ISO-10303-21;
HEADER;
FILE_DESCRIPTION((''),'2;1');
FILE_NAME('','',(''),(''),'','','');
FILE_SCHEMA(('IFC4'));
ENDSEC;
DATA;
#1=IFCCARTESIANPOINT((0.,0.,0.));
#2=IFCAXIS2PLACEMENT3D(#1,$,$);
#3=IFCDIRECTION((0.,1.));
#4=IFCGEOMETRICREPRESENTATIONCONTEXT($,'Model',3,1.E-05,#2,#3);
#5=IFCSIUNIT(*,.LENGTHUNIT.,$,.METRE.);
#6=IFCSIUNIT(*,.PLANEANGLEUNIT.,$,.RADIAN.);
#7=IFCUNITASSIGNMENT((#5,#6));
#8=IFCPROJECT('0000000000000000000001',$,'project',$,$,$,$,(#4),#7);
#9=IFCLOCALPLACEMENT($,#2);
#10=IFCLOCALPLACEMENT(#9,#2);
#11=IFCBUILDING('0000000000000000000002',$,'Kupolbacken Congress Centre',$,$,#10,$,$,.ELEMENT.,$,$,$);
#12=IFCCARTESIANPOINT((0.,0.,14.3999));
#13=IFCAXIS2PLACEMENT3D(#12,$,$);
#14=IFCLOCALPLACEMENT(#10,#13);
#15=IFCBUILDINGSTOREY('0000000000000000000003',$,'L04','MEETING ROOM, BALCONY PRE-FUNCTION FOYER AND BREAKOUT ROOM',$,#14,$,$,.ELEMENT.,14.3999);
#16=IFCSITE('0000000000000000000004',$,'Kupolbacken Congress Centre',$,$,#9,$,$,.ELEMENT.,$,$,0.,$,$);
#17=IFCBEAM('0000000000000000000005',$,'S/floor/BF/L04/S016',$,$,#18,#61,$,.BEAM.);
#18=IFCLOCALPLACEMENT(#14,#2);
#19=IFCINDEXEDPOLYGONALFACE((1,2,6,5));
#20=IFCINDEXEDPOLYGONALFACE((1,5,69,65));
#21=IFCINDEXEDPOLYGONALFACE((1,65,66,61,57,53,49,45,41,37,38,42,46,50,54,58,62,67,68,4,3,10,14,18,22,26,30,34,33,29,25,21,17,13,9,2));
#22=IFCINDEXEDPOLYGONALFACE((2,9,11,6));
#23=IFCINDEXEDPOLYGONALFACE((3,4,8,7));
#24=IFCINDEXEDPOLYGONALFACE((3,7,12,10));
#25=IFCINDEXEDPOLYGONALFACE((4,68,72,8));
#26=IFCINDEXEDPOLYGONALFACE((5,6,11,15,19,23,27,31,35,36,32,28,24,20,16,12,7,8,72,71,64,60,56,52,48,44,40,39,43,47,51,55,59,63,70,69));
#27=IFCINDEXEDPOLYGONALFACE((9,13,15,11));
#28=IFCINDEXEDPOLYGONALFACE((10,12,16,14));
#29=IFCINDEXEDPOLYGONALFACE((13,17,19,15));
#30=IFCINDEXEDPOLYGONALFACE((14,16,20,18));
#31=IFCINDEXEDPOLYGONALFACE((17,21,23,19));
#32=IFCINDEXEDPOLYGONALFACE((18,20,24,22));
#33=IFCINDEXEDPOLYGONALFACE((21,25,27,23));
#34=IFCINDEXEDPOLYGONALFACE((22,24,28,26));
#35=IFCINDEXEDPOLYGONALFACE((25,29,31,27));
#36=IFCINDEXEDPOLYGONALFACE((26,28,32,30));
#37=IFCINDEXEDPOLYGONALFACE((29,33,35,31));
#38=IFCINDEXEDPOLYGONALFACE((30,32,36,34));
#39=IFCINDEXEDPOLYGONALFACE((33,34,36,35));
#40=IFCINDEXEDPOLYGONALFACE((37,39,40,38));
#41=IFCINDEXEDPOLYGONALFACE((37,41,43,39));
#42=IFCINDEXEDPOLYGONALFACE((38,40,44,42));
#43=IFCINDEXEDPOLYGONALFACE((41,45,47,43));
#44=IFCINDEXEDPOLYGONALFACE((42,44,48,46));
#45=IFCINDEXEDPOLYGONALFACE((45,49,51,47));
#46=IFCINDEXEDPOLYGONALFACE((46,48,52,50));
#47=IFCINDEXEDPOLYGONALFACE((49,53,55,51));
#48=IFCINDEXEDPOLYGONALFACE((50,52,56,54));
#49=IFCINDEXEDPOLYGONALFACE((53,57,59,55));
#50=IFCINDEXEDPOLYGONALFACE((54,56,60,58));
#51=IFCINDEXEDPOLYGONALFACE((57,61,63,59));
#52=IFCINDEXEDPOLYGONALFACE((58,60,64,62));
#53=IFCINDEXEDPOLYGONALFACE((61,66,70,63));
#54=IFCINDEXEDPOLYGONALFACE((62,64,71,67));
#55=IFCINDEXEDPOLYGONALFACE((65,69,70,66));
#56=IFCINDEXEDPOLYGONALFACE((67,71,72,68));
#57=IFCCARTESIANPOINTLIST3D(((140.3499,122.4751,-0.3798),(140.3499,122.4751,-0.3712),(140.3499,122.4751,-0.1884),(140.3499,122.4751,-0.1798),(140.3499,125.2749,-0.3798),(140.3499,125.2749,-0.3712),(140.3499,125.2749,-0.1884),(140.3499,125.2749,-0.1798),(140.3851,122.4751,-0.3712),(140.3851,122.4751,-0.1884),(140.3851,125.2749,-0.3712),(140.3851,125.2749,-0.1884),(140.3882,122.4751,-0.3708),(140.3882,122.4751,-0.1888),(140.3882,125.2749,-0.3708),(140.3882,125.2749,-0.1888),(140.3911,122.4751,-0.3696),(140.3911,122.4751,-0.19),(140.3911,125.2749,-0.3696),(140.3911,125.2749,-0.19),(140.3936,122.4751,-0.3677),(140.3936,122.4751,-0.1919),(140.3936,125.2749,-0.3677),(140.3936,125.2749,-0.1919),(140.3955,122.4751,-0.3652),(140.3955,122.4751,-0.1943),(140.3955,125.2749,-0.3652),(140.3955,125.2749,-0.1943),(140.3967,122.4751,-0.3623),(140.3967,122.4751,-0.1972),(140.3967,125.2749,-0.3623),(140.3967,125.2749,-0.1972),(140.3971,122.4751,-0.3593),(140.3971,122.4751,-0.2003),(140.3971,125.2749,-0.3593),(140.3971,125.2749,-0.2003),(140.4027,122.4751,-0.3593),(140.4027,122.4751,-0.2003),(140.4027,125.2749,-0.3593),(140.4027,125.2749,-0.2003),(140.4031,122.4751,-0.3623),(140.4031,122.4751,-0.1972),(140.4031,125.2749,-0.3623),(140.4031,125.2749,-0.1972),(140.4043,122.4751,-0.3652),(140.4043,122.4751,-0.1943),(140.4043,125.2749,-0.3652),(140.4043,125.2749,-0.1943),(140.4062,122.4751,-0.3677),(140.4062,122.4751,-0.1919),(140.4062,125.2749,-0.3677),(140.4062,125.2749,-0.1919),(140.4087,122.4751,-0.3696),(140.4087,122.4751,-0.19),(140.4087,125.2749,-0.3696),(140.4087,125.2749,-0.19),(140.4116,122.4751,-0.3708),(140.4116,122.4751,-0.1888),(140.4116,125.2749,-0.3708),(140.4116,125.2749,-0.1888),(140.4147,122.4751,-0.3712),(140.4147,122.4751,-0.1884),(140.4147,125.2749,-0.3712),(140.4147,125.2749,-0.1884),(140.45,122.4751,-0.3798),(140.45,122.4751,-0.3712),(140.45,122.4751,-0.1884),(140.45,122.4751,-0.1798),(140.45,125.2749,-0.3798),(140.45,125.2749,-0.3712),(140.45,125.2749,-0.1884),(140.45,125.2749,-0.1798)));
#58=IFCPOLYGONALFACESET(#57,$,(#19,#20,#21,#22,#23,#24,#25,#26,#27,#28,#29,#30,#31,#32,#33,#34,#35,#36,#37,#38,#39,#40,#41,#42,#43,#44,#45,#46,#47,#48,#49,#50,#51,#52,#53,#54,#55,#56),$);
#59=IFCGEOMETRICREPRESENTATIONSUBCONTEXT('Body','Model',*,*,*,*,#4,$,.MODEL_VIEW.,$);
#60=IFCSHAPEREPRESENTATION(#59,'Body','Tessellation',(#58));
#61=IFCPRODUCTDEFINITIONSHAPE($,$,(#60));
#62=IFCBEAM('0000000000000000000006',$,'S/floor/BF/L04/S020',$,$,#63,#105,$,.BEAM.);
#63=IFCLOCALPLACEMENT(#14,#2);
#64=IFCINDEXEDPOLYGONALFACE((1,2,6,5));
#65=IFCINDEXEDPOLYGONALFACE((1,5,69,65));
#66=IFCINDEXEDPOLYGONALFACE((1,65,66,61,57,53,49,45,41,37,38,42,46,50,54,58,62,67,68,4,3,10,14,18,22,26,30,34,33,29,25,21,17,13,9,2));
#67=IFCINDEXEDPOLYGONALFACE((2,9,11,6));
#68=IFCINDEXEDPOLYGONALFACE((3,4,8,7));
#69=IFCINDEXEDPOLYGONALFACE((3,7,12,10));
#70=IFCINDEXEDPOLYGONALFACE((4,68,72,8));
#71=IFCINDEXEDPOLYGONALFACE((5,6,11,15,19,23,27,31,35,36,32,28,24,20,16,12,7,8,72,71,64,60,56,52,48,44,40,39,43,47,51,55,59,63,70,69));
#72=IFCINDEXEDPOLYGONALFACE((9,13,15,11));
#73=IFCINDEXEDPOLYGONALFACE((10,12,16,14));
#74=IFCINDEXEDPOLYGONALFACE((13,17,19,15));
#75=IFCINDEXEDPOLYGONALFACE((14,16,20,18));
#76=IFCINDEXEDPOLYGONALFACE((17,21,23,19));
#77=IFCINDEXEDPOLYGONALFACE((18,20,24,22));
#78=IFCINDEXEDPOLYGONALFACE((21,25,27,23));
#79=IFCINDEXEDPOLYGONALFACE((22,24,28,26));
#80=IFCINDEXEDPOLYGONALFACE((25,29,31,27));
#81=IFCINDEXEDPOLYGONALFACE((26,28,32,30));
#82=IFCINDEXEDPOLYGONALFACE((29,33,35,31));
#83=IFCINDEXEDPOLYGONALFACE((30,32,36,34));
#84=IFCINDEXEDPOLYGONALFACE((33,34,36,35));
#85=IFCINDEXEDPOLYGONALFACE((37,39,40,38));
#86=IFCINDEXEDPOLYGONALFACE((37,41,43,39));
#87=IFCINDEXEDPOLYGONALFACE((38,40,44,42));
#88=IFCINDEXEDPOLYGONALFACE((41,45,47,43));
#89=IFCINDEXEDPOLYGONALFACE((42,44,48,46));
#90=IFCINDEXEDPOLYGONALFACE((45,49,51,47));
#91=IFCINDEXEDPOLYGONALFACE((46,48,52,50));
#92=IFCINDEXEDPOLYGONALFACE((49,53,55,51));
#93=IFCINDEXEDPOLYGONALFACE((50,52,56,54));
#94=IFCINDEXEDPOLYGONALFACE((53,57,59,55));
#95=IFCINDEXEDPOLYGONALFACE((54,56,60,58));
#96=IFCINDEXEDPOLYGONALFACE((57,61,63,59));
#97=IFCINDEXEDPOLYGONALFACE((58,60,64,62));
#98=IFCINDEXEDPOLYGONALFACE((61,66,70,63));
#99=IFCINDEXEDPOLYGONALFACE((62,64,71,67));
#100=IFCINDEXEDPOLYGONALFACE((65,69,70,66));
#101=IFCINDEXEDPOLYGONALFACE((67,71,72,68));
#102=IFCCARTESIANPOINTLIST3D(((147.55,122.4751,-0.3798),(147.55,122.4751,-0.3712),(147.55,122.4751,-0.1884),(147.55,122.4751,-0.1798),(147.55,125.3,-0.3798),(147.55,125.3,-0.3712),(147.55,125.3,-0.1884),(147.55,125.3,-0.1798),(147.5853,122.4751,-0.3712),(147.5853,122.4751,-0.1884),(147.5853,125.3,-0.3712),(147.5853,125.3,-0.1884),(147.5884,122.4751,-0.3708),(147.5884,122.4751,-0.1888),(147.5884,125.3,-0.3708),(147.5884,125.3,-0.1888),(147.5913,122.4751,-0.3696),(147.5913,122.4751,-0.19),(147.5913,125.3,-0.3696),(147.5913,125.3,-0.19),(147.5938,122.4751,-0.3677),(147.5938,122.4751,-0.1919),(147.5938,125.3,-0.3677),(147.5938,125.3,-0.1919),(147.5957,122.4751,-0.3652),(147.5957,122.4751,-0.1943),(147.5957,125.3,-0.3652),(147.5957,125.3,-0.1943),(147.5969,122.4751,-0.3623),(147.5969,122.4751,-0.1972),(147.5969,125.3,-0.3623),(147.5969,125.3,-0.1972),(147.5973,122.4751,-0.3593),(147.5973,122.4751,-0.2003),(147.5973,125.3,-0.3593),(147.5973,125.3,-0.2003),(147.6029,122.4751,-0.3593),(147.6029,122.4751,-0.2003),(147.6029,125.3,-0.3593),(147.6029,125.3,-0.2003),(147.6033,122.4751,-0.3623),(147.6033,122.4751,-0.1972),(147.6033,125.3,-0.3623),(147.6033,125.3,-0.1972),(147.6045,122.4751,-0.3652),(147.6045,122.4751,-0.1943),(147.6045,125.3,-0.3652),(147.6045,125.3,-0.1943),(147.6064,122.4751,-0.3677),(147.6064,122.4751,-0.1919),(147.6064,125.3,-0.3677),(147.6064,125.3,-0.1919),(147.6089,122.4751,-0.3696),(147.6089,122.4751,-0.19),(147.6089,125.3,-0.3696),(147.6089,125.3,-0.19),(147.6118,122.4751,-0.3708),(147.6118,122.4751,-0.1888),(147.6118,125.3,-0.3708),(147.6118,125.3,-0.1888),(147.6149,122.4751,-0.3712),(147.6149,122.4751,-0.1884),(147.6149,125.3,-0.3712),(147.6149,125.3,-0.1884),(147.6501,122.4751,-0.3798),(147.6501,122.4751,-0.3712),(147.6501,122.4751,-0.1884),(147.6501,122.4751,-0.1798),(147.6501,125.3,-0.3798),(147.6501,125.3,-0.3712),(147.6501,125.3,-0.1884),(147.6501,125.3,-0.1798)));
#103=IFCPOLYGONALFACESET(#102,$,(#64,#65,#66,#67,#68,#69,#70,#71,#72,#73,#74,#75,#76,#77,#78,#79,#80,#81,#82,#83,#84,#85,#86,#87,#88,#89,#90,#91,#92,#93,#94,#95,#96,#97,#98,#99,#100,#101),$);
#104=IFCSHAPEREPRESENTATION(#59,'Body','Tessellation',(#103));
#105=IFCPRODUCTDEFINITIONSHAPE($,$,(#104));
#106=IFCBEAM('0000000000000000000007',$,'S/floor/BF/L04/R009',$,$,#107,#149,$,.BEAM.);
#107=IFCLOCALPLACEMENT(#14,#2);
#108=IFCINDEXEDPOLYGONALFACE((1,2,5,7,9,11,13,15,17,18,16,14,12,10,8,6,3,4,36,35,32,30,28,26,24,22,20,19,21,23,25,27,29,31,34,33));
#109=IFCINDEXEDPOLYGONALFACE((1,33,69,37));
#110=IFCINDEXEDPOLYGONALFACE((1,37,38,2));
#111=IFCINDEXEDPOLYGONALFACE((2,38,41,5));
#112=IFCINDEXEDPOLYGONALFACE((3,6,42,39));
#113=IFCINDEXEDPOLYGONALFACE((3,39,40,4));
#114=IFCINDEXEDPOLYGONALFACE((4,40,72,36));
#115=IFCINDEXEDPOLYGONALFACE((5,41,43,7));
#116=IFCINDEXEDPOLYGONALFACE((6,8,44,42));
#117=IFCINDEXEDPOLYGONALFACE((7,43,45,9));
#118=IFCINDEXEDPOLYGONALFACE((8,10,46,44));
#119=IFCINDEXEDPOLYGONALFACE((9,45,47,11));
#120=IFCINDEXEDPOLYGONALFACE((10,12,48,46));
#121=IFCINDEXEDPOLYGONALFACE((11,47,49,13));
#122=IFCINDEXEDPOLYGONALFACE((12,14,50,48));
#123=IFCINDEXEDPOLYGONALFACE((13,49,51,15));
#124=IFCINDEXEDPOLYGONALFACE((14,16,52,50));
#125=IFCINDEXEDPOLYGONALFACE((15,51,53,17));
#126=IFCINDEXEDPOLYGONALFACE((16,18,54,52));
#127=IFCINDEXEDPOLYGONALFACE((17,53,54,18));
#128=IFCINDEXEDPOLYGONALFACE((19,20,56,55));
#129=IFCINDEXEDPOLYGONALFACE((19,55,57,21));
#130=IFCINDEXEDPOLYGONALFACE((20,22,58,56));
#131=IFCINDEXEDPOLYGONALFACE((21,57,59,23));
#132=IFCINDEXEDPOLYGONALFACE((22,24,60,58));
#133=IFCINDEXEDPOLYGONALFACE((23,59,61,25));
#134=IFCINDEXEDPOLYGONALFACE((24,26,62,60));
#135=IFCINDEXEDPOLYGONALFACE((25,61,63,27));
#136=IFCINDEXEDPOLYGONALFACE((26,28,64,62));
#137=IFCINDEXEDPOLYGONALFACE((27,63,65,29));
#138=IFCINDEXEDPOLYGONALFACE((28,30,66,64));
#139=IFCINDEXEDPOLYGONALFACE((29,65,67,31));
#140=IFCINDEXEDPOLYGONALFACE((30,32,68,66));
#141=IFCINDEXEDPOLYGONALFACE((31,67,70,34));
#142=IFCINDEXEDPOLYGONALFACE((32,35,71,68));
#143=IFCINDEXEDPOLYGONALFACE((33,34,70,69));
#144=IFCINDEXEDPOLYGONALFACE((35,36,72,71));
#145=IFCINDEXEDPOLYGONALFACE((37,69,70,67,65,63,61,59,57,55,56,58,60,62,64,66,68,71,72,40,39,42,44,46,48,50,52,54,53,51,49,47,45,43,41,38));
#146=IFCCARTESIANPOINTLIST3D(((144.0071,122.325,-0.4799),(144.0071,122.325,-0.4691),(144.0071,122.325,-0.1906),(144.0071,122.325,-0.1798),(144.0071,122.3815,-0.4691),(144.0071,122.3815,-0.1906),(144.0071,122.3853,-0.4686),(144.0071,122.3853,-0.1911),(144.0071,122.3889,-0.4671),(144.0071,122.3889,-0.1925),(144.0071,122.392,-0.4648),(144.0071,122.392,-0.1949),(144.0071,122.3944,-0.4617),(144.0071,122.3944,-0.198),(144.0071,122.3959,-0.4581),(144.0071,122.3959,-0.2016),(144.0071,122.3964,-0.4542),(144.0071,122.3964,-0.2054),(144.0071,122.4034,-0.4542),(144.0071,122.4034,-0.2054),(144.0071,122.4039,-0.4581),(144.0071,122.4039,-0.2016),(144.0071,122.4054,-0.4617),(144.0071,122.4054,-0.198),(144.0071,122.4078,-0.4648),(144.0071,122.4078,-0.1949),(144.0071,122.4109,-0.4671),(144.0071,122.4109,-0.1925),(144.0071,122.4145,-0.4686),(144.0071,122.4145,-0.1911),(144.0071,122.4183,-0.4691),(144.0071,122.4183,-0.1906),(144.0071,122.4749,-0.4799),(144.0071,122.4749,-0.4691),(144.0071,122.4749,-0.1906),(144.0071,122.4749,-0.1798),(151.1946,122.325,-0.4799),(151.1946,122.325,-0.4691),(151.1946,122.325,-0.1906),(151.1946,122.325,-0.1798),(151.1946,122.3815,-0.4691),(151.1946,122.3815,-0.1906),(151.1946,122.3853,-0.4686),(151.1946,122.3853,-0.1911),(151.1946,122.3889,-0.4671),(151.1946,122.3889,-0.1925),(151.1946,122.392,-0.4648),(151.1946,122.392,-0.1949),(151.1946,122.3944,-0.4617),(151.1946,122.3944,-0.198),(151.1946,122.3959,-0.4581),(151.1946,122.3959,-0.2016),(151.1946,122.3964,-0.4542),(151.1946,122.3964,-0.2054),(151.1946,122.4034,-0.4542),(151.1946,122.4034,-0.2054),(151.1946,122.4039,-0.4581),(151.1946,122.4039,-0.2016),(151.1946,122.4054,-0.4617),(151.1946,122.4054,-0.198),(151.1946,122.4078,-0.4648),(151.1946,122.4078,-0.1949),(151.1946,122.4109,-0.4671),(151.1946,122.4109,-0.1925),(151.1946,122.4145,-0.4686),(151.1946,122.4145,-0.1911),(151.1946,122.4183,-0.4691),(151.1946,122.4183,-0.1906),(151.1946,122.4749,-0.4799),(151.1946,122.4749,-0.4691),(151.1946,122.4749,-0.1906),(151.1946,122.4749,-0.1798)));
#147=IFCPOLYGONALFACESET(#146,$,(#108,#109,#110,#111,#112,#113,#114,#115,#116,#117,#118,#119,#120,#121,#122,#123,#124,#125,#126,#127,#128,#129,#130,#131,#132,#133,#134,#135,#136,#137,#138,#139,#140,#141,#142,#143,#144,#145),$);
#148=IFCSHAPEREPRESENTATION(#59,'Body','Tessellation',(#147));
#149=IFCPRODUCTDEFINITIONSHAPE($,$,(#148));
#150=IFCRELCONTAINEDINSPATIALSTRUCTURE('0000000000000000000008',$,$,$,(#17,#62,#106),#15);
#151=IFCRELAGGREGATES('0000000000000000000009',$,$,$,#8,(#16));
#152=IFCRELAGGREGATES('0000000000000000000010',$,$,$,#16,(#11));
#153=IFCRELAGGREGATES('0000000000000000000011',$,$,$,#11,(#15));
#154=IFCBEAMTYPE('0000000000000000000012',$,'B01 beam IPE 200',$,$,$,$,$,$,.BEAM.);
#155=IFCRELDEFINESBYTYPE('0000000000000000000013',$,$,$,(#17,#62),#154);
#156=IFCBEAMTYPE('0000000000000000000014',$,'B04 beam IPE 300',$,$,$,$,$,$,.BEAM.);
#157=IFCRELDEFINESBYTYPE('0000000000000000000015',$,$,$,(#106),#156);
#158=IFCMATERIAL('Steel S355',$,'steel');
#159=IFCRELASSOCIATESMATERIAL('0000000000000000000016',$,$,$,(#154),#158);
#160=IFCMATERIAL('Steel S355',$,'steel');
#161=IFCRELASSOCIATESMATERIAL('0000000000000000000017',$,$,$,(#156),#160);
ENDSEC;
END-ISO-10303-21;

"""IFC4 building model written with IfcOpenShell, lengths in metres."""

from ifc_helpers import new_model, si_unit, direction, frame, origin, origin_2d, place, context, subcontext, project, spatial, i_section, extrude, material, material_profile, profile_set, type_object, element, save


model = new_model("IFC4")

# Units and contexts
model_context = context("Model", 3, precision=1e-05, world=origin(), true_north=direction((0.0, 1.0)))
body_context = subcontext(model_context, "Body", "Model", "MODEL_VIEW")
ifc_project = project(units=[si_unit("LENGTHUNIT", "METRE"), si_unit("PLANEANGLEUNIT", "RADIAN")], contexts=[model_context])

# Site, building, storey
site_placement = place(None, origin())
site = spatial("IfcSite", under=ifc_project, at=site_placement, Name="Kupolbacken Congress Centre", CompositionType="ELEMENT", RefElevation=0.0)
building_placement = place(site_placement, origin())
building = spatial("IfcBuilding", under=site, at=building_placement, Name="Kupolbacken Congress Centre", CompositionType="ELEMENT")
storey_placement = place(building_placement, frame((0.0, 0.0, 14.3999)))
storey = spatial("IfcBuildingStorey", under=building, at=storey_placement, Name="L04", Description="MEETING ROOM, BALCONY PRE-FUNCTION FOYER AND BREAKOUT ROOM", CompositionType="ELEMENT", Elevation=14.3999)

# Beams
ifc_material_1 = material(Name="Steel S355", Category="steel")
ifc_material_profile_1 = material_profile(ifc_material_1, i_section(OverallWidth=0.1001, OverallDepth=0.2, WebThickness=0.0056, FlangeThickness=0.0085, FilletRadius=0.012, at=origin_2d()), Name="IPE 200")
ifc_profile_set_1 = profile_set([ifc_material_profile_1], Name="Steel S355")
beam_type_1 = type_object("IfcBeamType", Name="B01 beam IPE 200", PredefinedType="BEAM", material=ifc_profile_set_1)
beam_1_placement = place(storey_placement, frame((140.3999, 122.4751, -0.2798), z_axis=(0.0, 1.0, 0.0), x_axis=(-1.0, 0.0, 0.0)))
element("IfcBeam", 1, at=beam_1_placement, inside=storey, type_object=beam_type_1, Name="S/floor/BF/L04/S016", PredefinedType="BEAM", context=body_context, shape_type="SweptSolid", body=[
    extrude(i_section(OverallWidth=0.1001, OverallDepth=0.2, WebThickness=0.0056, FlangeThickness=0.0085, FilletRadius=0.012, at=origin_2d()), origin(), (0.0, 0.0, 1.0), 2.7998),
])
beam_2_placement = place(storey_placement, frame((147.6001, 122.4751, -0.2798), z_axis=(0.0, 1.0, 0.0), x_axis=(-1.0, 0.0, 0.0)))
element("IfcBeam", 2, at=beam_2_placement, inside=storey, type_object=beam_type_1, Name="S/floor/BF/L04/S020", PredefinedType="BEAM", context=body_context, shape_type="SweptSolid", body=[
    extrude(i_section(OverallWidth=0.1001, OverallDepth=0.2, WebThickness=0.0056, FlangeThickness=0.0085, FilletRadius=0.012, at=origin_2d()), origin(), (0.0, 0.0, 1.0), 2.825),
])
ifc_material_2 = material(Name="Steel S355", Category="steel")
ifc_material_profile_2 = material_profile(ifc_material_2, i_section(OverallWidth=0.1499, OverallDepth=0.3, WebThickness=0.0071, FlangeThickness=0.0107, FilletRadius=0.0149, at=origin_2d()), Name="IPE 300")
ifc_profile_set_2 = profile_set([ifc_material_profile_2], Name="Steel S355")
beam_type_2 = type_object("IfcBeamType", Name="B04 beam IPE 300", PredefinedType="BEAM", material=ifc_profile_set_2)
beam_3_placement = place(storey_placement, frame((144.0071, 122.3999, -0.3298), z_axis=(1.0, 0.0, 0.0), x_axis=(0.0, 1.0, 0.0)))
element("IfcBeam", 3, at=beam_3_placement, inside=storey, type_object=beam_type_2, Name="S/floor/BF/L04/R009", PredefinedType="BEAM", context=body_context, shape_type="SweptSolid", body=[
    extrude(i_section(OverallWidth=0.1499, OverallDepth=0.3, WebThickness=0.0071, FlangeThickness=0.0107, FilletRadius=0.0149, at=origin_2d()), origin(), (0.0, 0.0, 1.0), 7.1875),
])

save(model, "model.ifc")
